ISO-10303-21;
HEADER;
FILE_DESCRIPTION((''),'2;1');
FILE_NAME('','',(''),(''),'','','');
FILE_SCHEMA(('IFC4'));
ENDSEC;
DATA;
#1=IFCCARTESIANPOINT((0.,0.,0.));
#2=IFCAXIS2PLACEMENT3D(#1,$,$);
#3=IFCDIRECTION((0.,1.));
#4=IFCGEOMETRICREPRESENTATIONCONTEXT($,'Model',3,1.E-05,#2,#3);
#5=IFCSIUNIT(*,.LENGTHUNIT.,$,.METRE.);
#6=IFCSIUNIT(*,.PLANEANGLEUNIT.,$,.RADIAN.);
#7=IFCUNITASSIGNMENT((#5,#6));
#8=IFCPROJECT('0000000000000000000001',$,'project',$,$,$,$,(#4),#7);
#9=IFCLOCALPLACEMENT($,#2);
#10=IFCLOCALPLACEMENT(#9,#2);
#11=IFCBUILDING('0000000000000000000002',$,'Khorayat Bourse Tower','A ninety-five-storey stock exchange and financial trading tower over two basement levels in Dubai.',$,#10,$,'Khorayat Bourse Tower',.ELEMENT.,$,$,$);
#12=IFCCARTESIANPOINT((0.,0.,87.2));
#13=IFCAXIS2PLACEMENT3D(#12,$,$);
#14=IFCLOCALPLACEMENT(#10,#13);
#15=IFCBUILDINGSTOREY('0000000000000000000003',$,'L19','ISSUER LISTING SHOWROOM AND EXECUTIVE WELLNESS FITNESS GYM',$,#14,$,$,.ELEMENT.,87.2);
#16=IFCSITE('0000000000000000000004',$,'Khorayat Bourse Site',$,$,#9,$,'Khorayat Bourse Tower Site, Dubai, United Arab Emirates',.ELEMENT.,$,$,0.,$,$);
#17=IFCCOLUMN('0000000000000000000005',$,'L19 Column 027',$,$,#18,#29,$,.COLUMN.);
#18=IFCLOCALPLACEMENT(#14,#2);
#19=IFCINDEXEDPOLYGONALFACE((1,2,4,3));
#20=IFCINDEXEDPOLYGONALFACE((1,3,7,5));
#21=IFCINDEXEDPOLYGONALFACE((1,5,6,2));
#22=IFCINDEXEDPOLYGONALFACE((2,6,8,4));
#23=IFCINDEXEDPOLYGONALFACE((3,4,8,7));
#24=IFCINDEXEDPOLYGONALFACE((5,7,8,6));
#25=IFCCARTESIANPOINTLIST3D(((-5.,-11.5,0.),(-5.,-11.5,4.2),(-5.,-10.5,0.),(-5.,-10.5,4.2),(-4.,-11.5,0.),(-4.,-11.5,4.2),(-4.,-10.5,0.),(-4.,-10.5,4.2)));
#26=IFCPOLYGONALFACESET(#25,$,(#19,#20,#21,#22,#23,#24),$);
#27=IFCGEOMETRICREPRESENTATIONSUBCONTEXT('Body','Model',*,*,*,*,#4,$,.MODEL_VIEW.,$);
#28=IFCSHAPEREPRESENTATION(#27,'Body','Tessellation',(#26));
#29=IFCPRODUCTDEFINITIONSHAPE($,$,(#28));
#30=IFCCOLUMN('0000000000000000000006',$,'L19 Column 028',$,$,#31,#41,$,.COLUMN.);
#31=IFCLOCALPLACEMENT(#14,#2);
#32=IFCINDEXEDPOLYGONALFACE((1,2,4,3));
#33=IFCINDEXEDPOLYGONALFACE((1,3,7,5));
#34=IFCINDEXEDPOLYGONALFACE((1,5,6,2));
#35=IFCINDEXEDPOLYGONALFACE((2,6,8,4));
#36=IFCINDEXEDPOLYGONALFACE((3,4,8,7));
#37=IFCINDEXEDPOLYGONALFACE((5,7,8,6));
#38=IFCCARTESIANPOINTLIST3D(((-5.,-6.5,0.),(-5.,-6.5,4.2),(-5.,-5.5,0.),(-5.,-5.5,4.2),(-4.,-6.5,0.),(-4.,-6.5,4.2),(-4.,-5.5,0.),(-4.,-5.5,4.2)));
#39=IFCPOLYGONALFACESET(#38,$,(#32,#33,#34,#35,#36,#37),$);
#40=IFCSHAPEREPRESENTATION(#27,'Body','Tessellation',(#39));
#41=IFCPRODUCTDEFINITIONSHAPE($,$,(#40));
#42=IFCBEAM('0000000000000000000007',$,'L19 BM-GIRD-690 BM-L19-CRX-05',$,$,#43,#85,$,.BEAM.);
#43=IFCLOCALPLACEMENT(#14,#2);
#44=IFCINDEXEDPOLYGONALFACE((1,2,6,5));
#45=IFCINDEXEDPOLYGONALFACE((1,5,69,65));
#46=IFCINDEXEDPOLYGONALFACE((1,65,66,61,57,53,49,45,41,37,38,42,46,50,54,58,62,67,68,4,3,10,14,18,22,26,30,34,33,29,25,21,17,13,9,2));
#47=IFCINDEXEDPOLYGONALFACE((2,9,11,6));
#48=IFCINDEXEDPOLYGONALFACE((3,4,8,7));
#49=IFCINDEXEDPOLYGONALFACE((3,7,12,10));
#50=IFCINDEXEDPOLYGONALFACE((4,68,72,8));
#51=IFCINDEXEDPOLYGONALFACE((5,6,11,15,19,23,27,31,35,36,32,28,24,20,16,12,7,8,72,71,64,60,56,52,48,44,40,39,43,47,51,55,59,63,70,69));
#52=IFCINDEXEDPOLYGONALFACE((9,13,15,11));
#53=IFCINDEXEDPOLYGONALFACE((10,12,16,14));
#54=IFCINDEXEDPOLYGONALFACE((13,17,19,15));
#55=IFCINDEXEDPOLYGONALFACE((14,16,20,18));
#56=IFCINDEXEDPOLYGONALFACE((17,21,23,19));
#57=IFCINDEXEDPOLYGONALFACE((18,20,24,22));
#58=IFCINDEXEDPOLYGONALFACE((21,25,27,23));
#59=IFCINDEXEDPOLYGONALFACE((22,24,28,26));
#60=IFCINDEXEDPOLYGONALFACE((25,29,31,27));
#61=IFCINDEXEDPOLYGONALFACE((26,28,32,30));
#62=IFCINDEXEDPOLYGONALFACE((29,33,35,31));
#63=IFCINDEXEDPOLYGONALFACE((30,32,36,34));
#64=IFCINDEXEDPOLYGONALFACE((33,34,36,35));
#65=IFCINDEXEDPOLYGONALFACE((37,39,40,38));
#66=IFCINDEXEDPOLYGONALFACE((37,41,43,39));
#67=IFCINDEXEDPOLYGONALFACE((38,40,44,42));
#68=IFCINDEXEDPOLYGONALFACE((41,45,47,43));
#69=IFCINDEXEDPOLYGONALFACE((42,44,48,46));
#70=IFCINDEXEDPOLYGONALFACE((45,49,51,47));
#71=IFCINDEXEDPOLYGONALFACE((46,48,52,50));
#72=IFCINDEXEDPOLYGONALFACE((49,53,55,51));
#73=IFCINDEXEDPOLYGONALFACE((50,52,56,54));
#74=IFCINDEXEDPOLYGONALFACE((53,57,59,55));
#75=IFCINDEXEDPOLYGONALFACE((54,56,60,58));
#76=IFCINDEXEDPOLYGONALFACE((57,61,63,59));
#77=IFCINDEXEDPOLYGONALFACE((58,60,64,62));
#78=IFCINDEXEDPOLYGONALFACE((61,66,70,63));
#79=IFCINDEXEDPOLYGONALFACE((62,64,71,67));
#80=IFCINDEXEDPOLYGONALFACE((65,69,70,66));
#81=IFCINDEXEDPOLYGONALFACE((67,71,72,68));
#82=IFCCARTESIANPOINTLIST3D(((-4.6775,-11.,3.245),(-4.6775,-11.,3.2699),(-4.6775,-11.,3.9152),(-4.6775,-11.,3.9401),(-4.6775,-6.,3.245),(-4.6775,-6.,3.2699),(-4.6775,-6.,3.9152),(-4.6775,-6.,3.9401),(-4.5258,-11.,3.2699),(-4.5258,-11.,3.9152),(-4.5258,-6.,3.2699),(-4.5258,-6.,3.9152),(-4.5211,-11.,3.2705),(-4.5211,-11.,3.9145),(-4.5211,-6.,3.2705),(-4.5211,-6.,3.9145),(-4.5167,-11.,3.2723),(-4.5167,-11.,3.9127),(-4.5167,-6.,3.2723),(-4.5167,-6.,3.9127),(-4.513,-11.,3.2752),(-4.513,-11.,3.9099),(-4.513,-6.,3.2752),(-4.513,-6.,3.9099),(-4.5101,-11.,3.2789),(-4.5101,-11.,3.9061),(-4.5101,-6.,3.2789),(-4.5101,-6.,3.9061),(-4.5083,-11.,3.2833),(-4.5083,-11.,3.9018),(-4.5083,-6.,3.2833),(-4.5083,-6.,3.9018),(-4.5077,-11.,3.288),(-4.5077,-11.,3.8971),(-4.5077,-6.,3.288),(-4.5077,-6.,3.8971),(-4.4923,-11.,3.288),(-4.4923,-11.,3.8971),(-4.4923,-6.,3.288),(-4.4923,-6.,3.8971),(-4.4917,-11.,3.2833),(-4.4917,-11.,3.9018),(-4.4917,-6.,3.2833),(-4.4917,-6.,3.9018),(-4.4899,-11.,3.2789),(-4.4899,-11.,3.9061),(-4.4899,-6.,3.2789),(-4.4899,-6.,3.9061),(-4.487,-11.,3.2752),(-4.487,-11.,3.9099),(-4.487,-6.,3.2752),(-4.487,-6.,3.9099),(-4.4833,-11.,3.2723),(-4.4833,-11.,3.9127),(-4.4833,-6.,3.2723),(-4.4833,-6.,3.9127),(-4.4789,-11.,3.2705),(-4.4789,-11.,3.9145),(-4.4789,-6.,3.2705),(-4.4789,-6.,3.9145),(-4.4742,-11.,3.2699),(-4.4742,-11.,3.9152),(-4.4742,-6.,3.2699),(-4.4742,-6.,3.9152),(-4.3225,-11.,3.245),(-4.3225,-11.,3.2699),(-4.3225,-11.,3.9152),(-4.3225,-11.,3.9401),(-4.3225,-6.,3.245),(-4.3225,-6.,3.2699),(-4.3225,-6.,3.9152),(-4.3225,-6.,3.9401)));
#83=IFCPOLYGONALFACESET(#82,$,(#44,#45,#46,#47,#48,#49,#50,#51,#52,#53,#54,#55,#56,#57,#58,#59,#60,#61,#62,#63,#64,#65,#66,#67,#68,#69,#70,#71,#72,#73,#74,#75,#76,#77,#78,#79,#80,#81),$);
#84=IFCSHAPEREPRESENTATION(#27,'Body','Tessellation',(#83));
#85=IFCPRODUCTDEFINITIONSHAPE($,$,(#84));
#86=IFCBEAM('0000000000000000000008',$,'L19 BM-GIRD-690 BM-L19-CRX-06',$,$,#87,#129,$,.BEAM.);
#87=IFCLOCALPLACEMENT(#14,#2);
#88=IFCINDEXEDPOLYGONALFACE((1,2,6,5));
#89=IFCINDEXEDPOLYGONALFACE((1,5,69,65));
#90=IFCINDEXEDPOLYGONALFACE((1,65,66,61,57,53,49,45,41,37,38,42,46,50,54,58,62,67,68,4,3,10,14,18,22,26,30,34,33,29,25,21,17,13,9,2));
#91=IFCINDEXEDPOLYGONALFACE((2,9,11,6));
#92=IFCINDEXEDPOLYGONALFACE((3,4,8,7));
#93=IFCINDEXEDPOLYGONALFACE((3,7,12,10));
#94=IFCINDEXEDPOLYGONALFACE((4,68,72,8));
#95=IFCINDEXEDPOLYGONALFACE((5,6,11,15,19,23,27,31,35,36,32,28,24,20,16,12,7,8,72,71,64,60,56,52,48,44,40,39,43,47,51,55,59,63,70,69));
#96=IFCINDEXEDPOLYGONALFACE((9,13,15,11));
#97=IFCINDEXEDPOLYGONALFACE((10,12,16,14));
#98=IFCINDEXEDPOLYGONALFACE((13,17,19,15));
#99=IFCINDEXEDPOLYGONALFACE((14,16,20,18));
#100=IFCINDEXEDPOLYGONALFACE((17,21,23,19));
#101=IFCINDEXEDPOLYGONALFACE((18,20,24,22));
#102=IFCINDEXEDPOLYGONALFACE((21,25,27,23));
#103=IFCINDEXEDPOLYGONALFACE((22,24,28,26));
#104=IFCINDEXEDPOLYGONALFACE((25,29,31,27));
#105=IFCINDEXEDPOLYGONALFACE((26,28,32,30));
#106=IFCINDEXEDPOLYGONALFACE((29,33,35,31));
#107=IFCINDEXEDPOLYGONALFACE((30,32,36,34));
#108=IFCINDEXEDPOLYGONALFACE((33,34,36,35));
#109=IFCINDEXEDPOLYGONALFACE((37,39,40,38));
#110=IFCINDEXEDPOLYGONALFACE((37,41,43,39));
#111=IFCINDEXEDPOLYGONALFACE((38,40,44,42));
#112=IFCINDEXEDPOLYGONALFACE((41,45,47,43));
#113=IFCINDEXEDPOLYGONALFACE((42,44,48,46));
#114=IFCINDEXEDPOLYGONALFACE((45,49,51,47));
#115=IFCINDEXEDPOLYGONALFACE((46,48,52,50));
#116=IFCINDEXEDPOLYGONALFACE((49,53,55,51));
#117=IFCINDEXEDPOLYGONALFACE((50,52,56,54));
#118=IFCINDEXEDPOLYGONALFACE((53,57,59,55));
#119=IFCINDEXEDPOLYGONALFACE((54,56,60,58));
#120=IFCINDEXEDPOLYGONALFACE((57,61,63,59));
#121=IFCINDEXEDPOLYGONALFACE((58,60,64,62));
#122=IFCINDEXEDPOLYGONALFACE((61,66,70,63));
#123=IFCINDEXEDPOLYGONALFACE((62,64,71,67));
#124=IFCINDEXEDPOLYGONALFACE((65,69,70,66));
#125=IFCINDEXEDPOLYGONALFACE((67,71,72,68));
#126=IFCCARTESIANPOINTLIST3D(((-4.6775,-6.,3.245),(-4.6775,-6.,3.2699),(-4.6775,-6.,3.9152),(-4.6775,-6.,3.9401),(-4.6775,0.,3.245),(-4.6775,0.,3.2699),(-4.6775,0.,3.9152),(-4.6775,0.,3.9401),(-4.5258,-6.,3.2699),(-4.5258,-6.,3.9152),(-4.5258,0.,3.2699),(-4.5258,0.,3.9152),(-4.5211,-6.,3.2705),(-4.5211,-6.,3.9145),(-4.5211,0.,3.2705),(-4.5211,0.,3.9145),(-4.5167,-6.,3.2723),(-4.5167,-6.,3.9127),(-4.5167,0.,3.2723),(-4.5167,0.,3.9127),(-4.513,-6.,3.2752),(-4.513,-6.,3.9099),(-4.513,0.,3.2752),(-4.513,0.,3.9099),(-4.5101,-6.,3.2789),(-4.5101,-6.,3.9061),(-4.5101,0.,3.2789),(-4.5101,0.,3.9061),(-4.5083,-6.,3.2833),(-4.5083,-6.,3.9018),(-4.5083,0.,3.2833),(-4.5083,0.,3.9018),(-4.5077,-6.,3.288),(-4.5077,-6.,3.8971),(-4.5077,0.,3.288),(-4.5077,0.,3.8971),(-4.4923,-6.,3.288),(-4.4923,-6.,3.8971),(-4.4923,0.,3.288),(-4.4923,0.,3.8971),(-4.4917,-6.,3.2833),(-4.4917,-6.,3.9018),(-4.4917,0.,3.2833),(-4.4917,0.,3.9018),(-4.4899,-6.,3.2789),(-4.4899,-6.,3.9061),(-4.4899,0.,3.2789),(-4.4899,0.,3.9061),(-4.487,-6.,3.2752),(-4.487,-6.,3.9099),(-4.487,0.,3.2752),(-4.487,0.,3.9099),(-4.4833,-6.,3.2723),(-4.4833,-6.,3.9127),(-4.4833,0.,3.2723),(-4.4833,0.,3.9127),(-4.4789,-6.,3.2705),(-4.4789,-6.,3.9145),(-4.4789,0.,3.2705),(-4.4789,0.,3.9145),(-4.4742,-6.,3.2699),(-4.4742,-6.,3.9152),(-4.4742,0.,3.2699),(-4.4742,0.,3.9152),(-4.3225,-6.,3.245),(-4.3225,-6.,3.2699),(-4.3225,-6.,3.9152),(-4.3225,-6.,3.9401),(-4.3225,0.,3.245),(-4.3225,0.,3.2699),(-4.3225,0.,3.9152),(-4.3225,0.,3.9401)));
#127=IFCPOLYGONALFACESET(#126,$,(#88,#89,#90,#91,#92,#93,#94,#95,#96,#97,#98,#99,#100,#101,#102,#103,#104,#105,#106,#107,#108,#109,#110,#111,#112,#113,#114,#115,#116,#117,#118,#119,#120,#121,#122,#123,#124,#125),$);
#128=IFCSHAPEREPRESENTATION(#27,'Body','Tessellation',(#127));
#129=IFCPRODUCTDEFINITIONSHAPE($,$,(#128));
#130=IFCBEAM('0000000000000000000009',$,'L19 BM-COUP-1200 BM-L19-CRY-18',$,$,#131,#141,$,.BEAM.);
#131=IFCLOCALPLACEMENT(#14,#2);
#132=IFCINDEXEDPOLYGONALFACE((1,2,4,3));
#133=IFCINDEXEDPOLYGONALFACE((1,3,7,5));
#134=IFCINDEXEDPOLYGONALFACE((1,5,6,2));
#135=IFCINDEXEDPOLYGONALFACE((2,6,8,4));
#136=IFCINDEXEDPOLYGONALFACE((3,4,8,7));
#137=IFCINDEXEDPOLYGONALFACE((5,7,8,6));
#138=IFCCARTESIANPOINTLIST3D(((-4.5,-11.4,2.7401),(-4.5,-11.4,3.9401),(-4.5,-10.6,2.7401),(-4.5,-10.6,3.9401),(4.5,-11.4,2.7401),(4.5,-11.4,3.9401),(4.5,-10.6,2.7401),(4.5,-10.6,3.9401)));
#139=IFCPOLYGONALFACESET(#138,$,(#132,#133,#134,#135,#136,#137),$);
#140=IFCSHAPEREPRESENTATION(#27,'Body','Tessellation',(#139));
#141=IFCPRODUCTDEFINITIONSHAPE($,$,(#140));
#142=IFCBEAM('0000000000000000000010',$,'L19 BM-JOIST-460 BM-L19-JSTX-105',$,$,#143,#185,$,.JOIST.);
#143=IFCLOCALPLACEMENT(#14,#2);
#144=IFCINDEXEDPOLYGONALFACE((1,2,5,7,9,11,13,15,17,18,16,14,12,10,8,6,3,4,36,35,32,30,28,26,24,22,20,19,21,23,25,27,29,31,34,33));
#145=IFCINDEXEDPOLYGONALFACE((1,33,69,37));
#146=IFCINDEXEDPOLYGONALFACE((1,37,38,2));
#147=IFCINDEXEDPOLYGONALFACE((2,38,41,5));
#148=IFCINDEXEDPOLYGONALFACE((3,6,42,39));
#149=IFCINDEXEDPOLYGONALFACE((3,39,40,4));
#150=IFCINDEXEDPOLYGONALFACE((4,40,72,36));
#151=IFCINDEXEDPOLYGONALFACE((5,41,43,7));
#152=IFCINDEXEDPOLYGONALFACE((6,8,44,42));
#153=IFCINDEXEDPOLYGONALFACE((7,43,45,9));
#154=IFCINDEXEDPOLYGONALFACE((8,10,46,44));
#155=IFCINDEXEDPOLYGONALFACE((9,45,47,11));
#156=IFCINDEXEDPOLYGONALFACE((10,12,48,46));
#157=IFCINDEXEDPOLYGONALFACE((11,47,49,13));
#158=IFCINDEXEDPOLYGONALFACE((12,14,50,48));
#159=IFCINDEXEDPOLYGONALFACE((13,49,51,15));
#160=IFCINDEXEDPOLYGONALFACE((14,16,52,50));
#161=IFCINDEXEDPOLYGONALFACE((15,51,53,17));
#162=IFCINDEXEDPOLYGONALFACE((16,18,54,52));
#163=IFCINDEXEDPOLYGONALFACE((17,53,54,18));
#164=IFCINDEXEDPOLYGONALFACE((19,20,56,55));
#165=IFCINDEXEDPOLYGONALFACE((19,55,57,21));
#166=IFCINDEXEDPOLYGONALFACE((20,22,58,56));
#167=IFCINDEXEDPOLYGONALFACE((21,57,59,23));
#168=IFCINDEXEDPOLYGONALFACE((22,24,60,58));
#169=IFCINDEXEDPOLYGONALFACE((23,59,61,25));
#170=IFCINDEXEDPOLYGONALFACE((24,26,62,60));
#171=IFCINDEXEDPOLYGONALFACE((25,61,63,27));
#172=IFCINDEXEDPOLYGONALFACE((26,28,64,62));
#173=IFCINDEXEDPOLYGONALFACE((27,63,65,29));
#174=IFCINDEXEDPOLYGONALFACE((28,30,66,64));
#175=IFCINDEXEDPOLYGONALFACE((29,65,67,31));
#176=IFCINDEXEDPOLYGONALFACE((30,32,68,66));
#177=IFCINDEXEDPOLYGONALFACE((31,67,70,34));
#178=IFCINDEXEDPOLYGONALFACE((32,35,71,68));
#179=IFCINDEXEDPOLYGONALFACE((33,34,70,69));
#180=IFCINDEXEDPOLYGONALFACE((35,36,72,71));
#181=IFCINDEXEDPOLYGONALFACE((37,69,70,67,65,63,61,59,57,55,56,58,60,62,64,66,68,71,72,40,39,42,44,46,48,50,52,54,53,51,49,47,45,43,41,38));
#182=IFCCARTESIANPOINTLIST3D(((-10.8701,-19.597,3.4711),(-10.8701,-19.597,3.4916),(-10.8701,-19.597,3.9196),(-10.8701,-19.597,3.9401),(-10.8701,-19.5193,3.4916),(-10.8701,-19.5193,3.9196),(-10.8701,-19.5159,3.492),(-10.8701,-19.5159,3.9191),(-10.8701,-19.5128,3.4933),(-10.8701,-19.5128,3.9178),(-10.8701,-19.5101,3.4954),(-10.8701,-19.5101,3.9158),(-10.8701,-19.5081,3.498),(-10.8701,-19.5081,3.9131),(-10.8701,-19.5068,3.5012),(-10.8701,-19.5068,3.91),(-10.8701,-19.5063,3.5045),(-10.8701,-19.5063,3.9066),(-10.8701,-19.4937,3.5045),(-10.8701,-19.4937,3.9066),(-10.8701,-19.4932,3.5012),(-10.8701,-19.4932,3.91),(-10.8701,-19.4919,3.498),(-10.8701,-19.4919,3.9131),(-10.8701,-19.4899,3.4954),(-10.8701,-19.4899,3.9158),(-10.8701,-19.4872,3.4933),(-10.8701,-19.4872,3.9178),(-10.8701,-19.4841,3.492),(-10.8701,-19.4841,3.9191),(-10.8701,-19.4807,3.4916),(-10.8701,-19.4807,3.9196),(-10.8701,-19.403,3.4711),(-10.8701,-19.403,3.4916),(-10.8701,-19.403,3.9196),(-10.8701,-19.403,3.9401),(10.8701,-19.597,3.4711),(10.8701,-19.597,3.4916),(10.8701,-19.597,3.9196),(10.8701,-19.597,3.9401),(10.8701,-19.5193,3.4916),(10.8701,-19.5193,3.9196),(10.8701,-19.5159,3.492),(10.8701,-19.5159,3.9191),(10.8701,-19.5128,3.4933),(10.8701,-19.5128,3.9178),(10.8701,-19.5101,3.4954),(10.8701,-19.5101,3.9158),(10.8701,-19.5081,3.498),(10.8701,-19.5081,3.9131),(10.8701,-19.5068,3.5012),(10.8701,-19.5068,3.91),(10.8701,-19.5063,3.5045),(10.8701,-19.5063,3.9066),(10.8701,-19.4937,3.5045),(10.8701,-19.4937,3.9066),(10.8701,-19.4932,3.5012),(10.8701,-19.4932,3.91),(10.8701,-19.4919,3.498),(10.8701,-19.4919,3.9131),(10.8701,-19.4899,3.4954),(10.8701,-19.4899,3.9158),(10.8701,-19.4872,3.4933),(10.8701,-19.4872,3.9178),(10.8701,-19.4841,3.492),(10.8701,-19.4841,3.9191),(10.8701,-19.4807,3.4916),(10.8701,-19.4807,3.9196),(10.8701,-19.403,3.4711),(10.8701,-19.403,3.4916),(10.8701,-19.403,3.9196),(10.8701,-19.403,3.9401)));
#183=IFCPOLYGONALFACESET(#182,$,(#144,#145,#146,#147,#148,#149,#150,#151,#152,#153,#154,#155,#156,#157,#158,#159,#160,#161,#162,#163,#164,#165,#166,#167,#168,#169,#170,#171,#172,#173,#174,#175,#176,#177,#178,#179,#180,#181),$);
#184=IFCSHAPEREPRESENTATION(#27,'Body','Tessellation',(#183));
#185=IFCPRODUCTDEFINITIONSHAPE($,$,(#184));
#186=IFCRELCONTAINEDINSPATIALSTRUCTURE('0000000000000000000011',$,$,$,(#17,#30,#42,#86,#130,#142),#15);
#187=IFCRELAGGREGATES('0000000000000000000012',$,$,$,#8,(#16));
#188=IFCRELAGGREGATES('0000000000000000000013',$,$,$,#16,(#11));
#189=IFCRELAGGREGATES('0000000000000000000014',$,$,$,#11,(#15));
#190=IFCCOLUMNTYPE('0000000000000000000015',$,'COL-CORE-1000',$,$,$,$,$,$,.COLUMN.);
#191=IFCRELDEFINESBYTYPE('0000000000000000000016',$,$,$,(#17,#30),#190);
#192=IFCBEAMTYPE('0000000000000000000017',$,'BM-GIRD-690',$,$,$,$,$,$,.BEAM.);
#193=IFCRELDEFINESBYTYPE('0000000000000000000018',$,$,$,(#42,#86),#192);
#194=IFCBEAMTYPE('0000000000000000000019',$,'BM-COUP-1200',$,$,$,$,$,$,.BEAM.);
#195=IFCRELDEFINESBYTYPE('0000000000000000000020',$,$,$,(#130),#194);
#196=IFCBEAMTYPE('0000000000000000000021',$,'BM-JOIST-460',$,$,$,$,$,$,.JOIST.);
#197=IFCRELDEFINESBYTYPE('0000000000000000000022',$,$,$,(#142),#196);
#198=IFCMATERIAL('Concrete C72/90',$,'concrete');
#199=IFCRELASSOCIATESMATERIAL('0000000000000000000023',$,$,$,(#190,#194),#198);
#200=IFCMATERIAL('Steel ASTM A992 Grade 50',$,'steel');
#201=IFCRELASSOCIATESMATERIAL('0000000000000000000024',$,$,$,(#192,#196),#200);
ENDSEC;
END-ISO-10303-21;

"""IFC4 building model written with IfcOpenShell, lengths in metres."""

from ifc_helpers import new_model, si_unit, direction, frame, origin, origin_2d, place, context, subcontext, project, spatial, rectangle, i_section, extrude, source, transform, mapped, material, material_profile, profile_set, type_object, element, save


model = new_model("IFC4")

# Units and contexts
model_context = context("Model", 3, precision=1e-05, world=origin(), true_north=direction((0.0, 1.0)))
body_context = subcontext(model_context, "Body", "Model", "MODEL_VIEW")
ifc_project = project(units=[si_unit("LENGTHUNIT", "METRE"), si_unit("PLANEANGLEUNIT", "RADIAN")], contexts=[model_context])

# Site, building, storey
site_placement = place(None, origin())
site = spatial("IfcSite", under=ifc_project, at=site_placement, Name="Khorayat Bourse Site", LongName="Khorayat Bourse Tower Site, Dubai, United Arab Emirates", CompositionType="ELEMENT", RefElevation=0.0)
building_placement = place(site_placement, origin())
building = spatial("IfcBuilding", under=site, at=building_placement, Name="Khorayat Bourse Tower", Description="A ninety-five-storey stock exchange and financial trading tower over two basement levels in Dubai.", LongName="Khorayat Bourse Tower", CompositionType="ELEMENT")
storey_placement = place(building_placement, frame((0.0, 0.0, 87.2)))
storey = spatial("IfcBuildingStorey", under=building, at=storey_placement, Name="L19", Description="ISSUER LISTING SHOWROOM AND EXECUTIVE WELLNESS FITNESS GYM", CompositionType="ELEMENT", Elevation=87.2)

# Columns
ifc_material_1 = material(Name="Concrete C72/90", Category="concrete")
ifc_material_profile_1 = material_profile(ifc_material_1, rectangle(XDim=1.0, YDim=1.0, at=origin_2d()), Name="RC 1000x1000")
ifc_profile_set_1 = profile_set([ifc_material_profile_1], Name="Concrete C72/90")
column_type = type_object("IfcColumnType", Name="COL-CORE-1000", PredefinedType="COLUMN", material=ifc_profile_set_1)
shared_shape_1 = source(origin(), body_context, "Body", "SweptSolid", [
    extrude(rectangle(XDim=1.0, YDim=1.0, at=origin_2d()), origin(), (0.0, 0.0, 1.0), 4.2),
])
for number, where, z_axis, x_axis, name in (
    (1, (-4.5, -11.0, 0.0), (0.0, 0.0, 1.0), (1.0, 0.0, 0.0), "L19 Column 027"),
    (2, (-4.5, -6.0, 0.0), (0.0, 0.0, 1.0), (1.0, 0.0, 0.0), "L19 Column 028"),
):
    element("IfcColumn", number, at=place(storey_placement, frame(where, z_axis=z_axis, x_axis=x_axis)), inside=storey, type_object=column_type, Name=name, PredefinedType="COLUMN", context=body_context, shape_type="MappedRepresentation", body=[
        mapped(shared_shape_1, transform((0.0, 0.0, 0.0), scale=1.0)),
    ])

# Beams
ifc_material_2 = material(Name="Steel ASTM A992 Grade 50", Category="steel")
ifc_material_profile_2 = material_profile(ifc_material_2, i_section(OverallWidth=0.355, OverallDepth=0.6951, WebThickness=0.0154, FlangeThickness=0.0249, FilletRadius=0.0181, at=origin_2d()), Name="W690X217")
ifc_profile_set_2 = profile_set([ifc_material_profile_2], Name="Steel ASTM A992 Grade 50")
beam_type_1 = type_object("IfcBeamType", Name="BM-GIRD-690", PredefinedType="BEAM", material=ifc_profile_set_2)
shared_shape_2 = source(origin(), body_context, "Body", "SweptSolid", [
    extrude(i_section(OverallWidth=0.355, OverallDepth=0.6951, WebThickness=0.0154, FlangeThickness=0.0249, FilletRadius=0.0181, at=origin_2d()), origin(), (0.0, 0.0, 1.0), 5.0),
])
beam_1_placement = place(storey_placement, frame((-4.5, -11.0, 3.5925), z_axis=(0.0, 1.0, 0.0), x_axis=(-1.0, 0.0, 0.0)))
element("IfcBeam", 3, at=beam_1_placement, inside=storey, type_object=beam_type_1, Name="L19 BM-GIRD-690 BM-L19-CRX-05", PredefinedType="BEAM", context=body_context, shape_type="MappedRepresentation", body=[
    mapped(shared_shape_2, transform((0.0, 0.0, 0.0), scale=1.0)),
])
shared_shape_3 = source(origin(), body_context, "Body", "SweptSolid", [
    extrude(i_section(OverallWidth=0.355, OverallDepth=0.6951, WebThickness=0.0154, FlangeThickness=0.0249, FilletRadius=0.0181, at=origin_2d()), origin(), (0.0, 0.0, 1.0), 6.0),
])
beam_2_placement = place(storey_placement, frame((-4.5, -6.0, 3.5925), z_axis=(0.0, 1.0, 0.0), x_axis=(-1.0, 0.0, 0.0)))
element("IfcBeam", 4, at=beam_2_placement, inside=storey, type_object=beam_type_1, Name="L19 BM-GIRD-690 BM-L19-CRX-06", PredefinedType="BEAM", context=body_context, shape_type="MappedRepresentation", body=[
    mapped(shared_shape_3, transform((0.0, 0.0, 0.0), scale=1.0)),
])
ifc_material_profile_3 = material_profile(ifc_material_1, rectangle(XDim=0.8, YDim=1.2, at=origin_2d()), Name="RC 800x1200")
ifc_profile_set_3 = profile_set([ifc_material_profile_3], Name="Concrete C72/90")
beam_type_2 = type_object("IfcBeamType", Name="BM-COUP-1200", PredefinedType="BEAM", material=ifc_profile_set_3)
shared_shape_4 = source(origin(), body_context, "Body", "SweptSolid", [
    extrude(rectangle(XDim=0.8, YDim=1.2, at=origin_2d()), origin(), (0.0, 0.0, 1.0), 9.0),
])
beam_3_placement = place(storey_placement, frame((-4.5, -11.0, 3.3401), z_axis=(1.0, 0.0, 0.0), x_axis=(0.0, 1.0, 0.0)))
element("IfcBeam", 5, at=beam_3_placement, inside=storey, type_object=beam_type_2, Name="L19 BM-COUP-1200 BM-L19-CRY-18", PredefinedType="BEAM", context=body_context, shape_type="MappedRepresentation", body=[
    mapped(shared_shape_4, transform((0.0, 0.0, 0.0), scale=1.0)),
])
ifc_material_profile_4 = material_profile(ifc_material_2, i_section(OverallWidth=0.1941, OverallDepth=0.469, WebThickness=0.0127, FlangeThickness=0.0205, FilletRadius=0.0129, at=origin_2d()), Name="W460X106")
ifc_profile_set_4 = profile_set([ifc_material_profile_4], Name="Steel ASTM A992 Grade 50")
beam_type_3 = type_object("IfcBeamType", Name="BM-JOIST-460", PredefinedType="JOIST", material=ifc_profile_set_4)
shared_shape_5 = source(origin(), body_context, "Body", "SweptSolid", [
    extrude(i_section(OverallWidth=0.1941, OverallDepth=0.469, WebThickness=0.0127, FlangeThickness=0.0205, FilletRadius=0.0129, at=origin_2d()), origin(), (0.0, 0.0, 1.0), 21.7402),
])
beam_4_placement = place(storey_placement, frame((-10.8701, -19.5, 3.7056), z_axis=(1.0, 0.0, 0.0), x_axis=(0.0, 1.0, 0.0)))
element("IfcBeam", 6, at=beam_4_placement, inside=storey, type_object=beam_type_3, Name="L19 BM-JOIST-460 BM-L19-JSTX-105", PredefinedType="JOIST", context=body_context, shape_type="MappedRepresentation", body=[
    mapped(shared_shape_5, transform((0.0, 0.0, 0.0), scale=1.0)),
])

save(model, "model.ifc")
